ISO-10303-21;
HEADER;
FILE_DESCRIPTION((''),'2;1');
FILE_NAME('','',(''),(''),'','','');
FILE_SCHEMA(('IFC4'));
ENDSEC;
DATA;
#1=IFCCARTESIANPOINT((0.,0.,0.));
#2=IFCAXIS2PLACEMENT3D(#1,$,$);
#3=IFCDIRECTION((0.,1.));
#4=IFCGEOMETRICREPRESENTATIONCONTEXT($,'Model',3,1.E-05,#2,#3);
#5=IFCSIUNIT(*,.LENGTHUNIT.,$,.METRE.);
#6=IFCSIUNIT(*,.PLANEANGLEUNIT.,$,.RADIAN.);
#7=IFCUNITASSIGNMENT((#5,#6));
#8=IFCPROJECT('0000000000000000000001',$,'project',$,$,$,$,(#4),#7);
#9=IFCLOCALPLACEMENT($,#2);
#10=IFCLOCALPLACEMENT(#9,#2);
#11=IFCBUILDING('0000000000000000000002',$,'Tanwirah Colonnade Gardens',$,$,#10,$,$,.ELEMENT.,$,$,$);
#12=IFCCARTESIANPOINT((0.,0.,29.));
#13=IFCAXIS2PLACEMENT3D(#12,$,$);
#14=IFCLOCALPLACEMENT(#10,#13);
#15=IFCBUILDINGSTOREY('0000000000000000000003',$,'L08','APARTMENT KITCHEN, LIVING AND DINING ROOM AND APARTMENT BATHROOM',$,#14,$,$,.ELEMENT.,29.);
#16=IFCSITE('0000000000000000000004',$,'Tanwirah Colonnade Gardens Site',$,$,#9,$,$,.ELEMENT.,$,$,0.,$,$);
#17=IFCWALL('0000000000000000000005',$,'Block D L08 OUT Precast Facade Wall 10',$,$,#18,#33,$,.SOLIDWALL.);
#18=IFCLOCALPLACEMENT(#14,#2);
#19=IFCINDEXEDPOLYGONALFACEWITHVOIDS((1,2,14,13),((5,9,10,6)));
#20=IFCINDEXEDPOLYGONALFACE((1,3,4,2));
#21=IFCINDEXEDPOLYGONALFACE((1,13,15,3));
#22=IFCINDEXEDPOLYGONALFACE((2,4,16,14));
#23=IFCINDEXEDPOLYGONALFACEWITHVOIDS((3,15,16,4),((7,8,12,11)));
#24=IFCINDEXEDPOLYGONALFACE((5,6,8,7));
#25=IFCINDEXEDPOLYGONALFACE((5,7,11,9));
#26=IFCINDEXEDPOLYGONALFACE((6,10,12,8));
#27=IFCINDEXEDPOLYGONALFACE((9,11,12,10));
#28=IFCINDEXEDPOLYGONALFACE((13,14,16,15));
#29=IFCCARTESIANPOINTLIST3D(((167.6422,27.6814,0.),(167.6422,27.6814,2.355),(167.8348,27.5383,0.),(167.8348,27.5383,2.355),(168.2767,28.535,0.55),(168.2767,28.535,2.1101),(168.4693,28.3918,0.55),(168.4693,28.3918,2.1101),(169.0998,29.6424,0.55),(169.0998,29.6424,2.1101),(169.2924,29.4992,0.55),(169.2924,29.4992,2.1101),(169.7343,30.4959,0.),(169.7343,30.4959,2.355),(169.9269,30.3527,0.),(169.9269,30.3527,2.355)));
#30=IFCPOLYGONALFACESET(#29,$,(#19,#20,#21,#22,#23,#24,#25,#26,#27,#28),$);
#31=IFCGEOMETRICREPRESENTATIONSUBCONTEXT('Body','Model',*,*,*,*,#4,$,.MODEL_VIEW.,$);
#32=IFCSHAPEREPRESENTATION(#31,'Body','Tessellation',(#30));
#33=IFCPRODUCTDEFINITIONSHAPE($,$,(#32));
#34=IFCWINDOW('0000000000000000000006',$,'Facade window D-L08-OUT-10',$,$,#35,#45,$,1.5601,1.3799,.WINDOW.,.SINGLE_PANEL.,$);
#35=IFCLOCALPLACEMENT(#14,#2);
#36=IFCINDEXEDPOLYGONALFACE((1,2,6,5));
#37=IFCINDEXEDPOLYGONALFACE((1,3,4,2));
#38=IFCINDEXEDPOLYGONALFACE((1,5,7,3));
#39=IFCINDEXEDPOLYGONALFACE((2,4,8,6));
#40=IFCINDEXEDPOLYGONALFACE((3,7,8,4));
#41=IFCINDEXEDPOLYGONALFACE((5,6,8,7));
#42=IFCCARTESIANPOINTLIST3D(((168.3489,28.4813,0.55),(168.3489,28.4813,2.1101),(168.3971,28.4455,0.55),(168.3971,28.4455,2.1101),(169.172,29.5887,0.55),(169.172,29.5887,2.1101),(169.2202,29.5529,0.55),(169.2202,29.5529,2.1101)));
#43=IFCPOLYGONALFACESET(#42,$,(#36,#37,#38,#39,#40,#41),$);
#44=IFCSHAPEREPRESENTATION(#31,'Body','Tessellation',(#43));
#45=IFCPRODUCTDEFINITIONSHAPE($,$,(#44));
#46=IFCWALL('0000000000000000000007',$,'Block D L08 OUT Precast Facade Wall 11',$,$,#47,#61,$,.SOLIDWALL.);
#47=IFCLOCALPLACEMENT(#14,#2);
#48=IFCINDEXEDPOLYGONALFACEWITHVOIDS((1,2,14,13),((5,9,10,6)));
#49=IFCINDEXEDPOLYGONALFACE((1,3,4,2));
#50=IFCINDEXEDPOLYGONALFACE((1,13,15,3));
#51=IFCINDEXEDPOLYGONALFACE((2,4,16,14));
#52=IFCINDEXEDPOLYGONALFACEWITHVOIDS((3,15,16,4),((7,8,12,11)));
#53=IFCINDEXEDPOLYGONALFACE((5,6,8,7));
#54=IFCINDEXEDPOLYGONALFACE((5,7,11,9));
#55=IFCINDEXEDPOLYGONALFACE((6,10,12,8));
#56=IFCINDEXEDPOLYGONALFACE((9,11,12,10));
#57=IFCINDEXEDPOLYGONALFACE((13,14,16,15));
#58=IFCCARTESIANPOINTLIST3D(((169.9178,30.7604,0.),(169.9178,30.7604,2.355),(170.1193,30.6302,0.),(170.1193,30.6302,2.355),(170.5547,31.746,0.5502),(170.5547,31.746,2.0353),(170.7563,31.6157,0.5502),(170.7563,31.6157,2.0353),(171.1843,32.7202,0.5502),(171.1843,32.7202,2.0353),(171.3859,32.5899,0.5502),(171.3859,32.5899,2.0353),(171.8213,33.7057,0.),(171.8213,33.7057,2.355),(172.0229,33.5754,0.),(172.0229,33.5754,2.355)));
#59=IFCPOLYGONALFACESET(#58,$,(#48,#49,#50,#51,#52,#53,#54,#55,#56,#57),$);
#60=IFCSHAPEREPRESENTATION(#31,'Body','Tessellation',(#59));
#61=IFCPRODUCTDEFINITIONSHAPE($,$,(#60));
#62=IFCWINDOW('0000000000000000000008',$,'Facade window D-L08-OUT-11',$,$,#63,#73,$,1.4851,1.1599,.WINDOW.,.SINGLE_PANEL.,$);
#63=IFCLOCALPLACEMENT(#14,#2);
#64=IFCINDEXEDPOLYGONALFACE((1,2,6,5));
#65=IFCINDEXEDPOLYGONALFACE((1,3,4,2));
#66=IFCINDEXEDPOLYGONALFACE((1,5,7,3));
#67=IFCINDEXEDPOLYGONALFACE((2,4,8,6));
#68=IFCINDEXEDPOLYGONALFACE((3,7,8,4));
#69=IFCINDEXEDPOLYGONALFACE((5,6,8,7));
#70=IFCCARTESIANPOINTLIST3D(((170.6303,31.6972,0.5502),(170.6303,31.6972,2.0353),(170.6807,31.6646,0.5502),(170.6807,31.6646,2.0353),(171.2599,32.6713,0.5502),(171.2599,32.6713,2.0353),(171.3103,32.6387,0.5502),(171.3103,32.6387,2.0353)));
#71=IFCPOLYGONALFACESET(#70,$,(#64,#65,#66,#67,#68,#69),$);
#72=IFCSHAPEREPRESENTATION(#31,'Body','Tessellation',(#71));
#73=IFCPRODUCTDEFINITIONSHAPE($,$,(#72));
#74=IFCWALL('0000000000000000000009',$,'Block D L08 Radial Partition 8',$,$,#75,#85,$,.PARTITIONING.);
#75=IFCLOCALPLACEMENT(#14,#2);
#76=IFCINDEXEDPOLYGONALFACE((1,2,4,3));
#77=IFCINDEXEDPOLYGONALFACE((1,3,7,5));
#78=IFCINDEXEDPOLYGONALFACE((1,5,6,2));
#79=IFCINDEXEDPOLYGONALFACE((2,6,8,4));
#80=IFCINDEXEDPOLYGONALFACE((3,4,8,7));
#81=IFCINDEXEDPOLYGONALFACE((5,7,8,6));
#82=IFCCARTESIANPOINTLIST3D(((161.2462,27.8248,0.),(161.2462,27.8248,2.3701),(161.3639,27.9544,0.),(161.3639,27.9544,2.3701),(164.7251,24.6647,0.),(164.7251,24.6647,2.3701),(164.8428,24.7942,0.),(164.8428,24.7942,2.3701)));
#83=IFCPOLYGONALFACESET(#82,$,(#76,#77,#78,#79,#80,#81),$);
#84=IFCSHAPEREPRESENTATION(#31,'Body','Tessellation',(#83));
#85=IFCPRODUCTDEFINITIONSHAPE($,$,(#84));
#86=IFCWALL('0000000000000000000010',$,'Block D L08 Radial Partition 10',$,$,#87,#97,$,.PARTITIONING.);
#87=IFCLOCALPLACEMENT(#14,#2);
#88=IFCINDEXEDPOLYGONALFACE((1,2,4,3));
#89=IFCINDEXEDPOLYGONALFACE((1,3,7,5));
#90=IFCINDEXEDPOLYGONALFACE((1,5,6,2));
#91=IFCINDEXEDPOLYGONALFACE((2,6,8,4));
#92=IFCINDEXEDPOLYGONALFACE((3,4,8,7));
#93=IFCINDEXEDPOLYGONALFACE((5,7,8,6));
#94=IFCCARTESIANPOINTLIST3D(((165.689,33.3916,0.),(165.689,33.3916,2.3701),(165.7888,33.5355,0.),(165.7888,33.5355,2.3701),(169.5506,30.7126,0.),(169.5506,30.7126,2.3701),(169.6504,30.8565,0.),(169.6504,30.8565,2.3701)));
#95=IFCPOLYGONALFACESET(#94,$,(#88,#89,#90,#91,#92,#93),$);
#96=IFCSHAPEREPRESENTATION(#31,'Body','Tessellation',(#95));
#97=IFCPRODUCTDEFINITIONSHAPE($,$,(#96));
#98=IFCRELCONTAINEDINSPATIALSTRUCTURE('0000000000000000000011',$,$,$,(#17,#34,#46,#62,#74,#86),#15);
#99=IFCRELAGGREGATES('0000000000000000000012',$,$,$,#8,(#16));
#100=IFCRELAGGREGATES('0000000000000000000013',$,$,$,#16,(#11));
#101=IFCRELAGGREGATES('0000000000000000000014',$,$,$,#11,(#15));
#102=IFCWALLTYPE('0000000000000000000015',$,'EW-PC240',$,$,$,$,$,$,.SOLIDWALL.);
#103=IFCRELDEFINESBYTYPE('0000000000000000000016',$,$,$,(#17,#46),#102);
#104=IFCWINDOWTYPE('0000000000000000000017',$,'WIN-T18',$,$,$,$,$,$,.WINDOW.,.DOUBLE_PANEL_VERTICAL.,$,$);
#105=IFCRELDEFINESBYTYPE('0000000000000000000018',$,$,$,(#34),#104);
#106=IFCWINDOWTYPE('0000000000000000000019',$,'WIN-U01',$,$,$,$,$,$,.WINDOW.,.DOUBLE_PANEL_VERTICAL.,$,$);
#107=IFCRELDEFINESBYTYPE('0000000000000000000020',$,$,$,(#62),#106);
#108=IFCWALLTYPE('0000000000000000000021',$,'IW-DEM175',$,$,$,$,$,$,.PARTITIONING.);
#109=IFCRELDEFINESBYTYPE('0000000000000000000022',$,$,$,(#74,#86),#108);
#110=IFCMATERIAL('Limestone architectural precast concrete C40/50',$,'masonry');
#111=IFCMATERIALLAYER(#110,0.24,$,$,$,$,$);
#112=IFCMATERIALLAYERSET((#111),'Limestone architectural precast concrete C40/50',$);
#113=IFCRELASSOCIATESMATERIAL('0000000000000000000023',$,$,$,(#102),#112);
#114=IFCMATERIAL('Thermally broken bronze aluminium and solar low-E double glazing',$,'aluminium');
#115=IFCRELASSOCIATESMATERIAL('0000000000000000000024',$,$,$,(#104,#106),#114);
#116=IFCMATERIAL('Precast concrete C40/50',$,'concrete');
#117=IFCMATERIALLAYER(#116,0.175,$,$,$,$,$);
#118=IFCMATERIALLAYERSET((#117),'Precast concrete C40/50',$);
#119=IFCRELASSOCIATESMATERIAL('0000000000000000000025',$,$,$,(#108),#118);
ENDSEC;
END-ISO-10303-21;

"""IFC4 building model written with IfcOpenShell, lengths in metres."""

from ifc_helpers import new_model, si_unit, direction, frame, frame_2d, origin, place, context, subcontext, project, spatial, rectangle, extrude, material, layer, layer_set, type_object, element, fill, save


model = new_model("IFC4")

# Units and contexts
model_context = context("Model", 3, precision=1e-05, world=origin(), true_north=direction((0.0, 1.0)))
body_context = subcontext(model_context, "Body", "Model", "MODEL_VIEW")
ifc_project = project(units=[si_unit("LENGTHUNIT", "METRE"), si_unit("PLANEANGLEUNIT", "RADIAN")], contexts=[model_context])

# Site, building, storey
site_placement = place(None, origin())
site = spatial("IfcSite", under=ifc_project, at=site_placement, Name="Tanwirah Colonnade Gardens Site", CompositionType="ELEMENT", RefElevation=0.0)
building_placement = place(site_placement, origin())
building = spatial("IfcBuilding", under=site, at=building_placement, Name="Tanwirah Colonnade Gardens", CompositionType="ELEMENT")
storey_placement = place(building_placement, frame((0.0, 0.0, 29.0)))
storey = spatial("IfcBuildingStorey", under=building, at=storey_placement, Name="L08", Description="APARTMENT KITCHEN, LIVING AND DINING ROOM AND APARTMENT BATHROOM", CompositionType="ELEMENT", Elevation=29.0)

# Shared definitions
ifc_material_1 = material(Name="Precast concrete C40/50", Category="concrete")

# Walls, openings, windows
ifc_material_2 = material(Name="Limestone architectural precast concrete C40/50", Category="masonry")
ifc_layer_1 = layer(ifc_material_2, 0.24)
ifc_layer_set_1 = layer_set([ifc_layer_1], Name="Limestone architectural precast concrete C40/50")
wall_type_1 = type_object("IfcWallType", Name="EW-PC240", PredefinedType="SOLIDWALL", material=ifc_layer_set_1)
wall_1_placement = place(storey_placement, frame((167.7385, 27.6099, 0.0), z_axis=(0.0, 0.0, 1.0), x_axis=(0.596564, 0.802566, 0.0)))
wall_1 = element("IfcWall", 1, at=wall_1_placement, inside=storey, type_object=wall_type_1, Name="Block D L08 OUT Precast Facade Wall 10", PredefinedType="SOLIDWALL", context=body_context, shape_type="SweptSolid", body=[
    extrude(rectangle(XDim=3.5068, YDim=0.24, at=frame_2d((1.7534, 0.0))), origin(), (0.0, 0.0, 1.0), 2.355),
])
opening_1_placement = place(wall_1_placement, frame((1.0635, 0.0, 0.55)))
opening_1 = element("IfcOpeningElement", 2, at=opening_1_placement, cuts=wall_1, PredefinedType="OPENING", context=body_context, shape_type="SweptSolid", body=[
    extrude(rectangle(XDim=1.3799, YDim=1.5601, at=frame_2d((0.6899, 0.78))), frame((0.0, 0.1299, 0.0), z_axis=(0.0, -1.0, 0.0), x_axis=(1.0, 0.0, 0.0)), (0.0, 0.0, 1.0), 0.26),
])
ifc_material_3 = material(Name="Thermally broken bronze aluminium and solar low-E double glazing", Category="aluminium")
window_type_1 = type_object("IfcWindowType", Name="WIN-T18", PartitioningType="DOUBLE_PANEL_VERTICAL", PredefinedType="WINDOW", material=ifc_material_3)
window_1_placement = place(opening_1_placement, origin())
window_1 = element("IfcWindow", 3, at=window_1_placement, inside=storey, type_object=window_type_1, Name="Facade window D-L08-OUT-10", OverallHeight=1.5601, OverallWidth=1.3799, PartitioningType="SINGLE_PANEL", PredefinedType="WINDOW", context=body_context, shape_type="SweptSolid", body=[
    extrude(rectangle(XDim=1.3799, YDim=1.5601, at=frame_2d((0.6899, 0.78))), frame((0.0, 0.03, 0.0), z_axis=(0.0, -1.0, 0.0), x_axis=(1.0, 0.0, 0.0)), (0.0, 0.0, 1.0), 0.0601),
])
fill(opening_1, window_1)
wall_2_placement = place(storey_placement, frame((170.0186, 30.6953, 0.0), z_axis=(0.0, 0.0, 1.0), x_axis=(0.542804, 0.83986, 0.0)))
wall_2 = element("IfcWall", 4, at=wall_2_placement, inside=storey, type_object=wall_type_1, Name="Block D L08 OUT Precast Facade Wall 11", PredefinedType="SOLIDWALL", context=body_context, shape_type="SweptSolid", body=[
    extrude(rectangle(XDim=3.5068, YDim=0.24, at=frame_2d((1.7534, 0.0))), origin(), (0.0, 0.0, 1.0), 2.355),
])
opening_2_placement = place(wall_2_placement, frame((1.1733, 0.0, 0.55)))
opening_2 = element("IfcOpeningElement", 5, at=opening_2_placement, cuts=wall_2, PredefinedType="OPENING", context=body_context, shape_type="SweptSolid", body=[
    extrude(rectangle(XDim=1.1599, YDim=1.4851, at=frame_2d((0.5801, 0.7427))), frame((0.0, 0.1299, 0.0), z_axis=(0.0, -1.0, 0.0), x_axis=(1.0, 0.0, 0.0)), (0.0, 0.0, 1.0), 0.26),
])
window_type_2 = type_object("IfcWindowType", Name="WIN-U01", PartitioningType="DOUBLE_PANEL_VERTICAL", PredefinedType="WINDOW", material=ifc_material_3)
window_2_placement = place(opening_2_placement, origin())
window_2 = element("IfcWindow", 6, at=window_2_placement, inside=storey, type_object=window_type_2, Name="Facade window D-L08-OUT-11", OverallHeight=1.4851, OverallWidth=1.1599, PartitioningType="SINGLE_PANEL", PredefinedType="WINDOW", context=body_context, shape_type="SweptSolid", body=[
    extrude(rectangle(XDim=1.1599, YDim=1.4851, at=frame_2d((0.5801, 0.7427))), frame((0.0, 0.03, 0.0), z_axis=(0.0, -1.0, 0.0), x_axis=(1.0, 0.0, 0.0)), (0.0, 0.0, 1.0), 0.0601),
])
fill(opening_2, window_2)

# Walls
ifc_layer_2 = layer(ifc_material_1, 0.175)
ifc_layer_set_2 = layer_set([ifc_layer_2], Name="Precast concrete C40/50")
wall_type_2 = type_object("IfcWallType", Name="IW-DEM175", PredefinedType="PARTITIONING", material=ifc_layer_set_2)
for number, where, z_axis, x_axis, name in (
    (7, (161.3049, 27.8896, 0.0), (0.0, 0.0, 1.0), (0.740213, -0.672373, 0.0), "Block D L08 Radial Partition 8"),
    (8, (165.7388, 33.4636, 0.0), (0.0, 0.0, 1.0), (0.821638, -0.570009, 0.0), "Block D L08 Radial Partition 10"),
):
    element("IfcWall", number, at=place(storey_placement, frame(where, z_axis=z_axis, x_axis=x_axis)), inside=storey, type_object=wall_type_2, Name=name, PredefinedType="PARTITIONING", context=body_context, shape_type="SweptSolid", body=[
        extrude(rectangle(XDim=4.7, YDim=0.175, at=frame_2d((2.3501, 0.0))), origin(), (0.0, 0.0, 1.0), 2.3701),
    ])

save(model, "model.ifc")
